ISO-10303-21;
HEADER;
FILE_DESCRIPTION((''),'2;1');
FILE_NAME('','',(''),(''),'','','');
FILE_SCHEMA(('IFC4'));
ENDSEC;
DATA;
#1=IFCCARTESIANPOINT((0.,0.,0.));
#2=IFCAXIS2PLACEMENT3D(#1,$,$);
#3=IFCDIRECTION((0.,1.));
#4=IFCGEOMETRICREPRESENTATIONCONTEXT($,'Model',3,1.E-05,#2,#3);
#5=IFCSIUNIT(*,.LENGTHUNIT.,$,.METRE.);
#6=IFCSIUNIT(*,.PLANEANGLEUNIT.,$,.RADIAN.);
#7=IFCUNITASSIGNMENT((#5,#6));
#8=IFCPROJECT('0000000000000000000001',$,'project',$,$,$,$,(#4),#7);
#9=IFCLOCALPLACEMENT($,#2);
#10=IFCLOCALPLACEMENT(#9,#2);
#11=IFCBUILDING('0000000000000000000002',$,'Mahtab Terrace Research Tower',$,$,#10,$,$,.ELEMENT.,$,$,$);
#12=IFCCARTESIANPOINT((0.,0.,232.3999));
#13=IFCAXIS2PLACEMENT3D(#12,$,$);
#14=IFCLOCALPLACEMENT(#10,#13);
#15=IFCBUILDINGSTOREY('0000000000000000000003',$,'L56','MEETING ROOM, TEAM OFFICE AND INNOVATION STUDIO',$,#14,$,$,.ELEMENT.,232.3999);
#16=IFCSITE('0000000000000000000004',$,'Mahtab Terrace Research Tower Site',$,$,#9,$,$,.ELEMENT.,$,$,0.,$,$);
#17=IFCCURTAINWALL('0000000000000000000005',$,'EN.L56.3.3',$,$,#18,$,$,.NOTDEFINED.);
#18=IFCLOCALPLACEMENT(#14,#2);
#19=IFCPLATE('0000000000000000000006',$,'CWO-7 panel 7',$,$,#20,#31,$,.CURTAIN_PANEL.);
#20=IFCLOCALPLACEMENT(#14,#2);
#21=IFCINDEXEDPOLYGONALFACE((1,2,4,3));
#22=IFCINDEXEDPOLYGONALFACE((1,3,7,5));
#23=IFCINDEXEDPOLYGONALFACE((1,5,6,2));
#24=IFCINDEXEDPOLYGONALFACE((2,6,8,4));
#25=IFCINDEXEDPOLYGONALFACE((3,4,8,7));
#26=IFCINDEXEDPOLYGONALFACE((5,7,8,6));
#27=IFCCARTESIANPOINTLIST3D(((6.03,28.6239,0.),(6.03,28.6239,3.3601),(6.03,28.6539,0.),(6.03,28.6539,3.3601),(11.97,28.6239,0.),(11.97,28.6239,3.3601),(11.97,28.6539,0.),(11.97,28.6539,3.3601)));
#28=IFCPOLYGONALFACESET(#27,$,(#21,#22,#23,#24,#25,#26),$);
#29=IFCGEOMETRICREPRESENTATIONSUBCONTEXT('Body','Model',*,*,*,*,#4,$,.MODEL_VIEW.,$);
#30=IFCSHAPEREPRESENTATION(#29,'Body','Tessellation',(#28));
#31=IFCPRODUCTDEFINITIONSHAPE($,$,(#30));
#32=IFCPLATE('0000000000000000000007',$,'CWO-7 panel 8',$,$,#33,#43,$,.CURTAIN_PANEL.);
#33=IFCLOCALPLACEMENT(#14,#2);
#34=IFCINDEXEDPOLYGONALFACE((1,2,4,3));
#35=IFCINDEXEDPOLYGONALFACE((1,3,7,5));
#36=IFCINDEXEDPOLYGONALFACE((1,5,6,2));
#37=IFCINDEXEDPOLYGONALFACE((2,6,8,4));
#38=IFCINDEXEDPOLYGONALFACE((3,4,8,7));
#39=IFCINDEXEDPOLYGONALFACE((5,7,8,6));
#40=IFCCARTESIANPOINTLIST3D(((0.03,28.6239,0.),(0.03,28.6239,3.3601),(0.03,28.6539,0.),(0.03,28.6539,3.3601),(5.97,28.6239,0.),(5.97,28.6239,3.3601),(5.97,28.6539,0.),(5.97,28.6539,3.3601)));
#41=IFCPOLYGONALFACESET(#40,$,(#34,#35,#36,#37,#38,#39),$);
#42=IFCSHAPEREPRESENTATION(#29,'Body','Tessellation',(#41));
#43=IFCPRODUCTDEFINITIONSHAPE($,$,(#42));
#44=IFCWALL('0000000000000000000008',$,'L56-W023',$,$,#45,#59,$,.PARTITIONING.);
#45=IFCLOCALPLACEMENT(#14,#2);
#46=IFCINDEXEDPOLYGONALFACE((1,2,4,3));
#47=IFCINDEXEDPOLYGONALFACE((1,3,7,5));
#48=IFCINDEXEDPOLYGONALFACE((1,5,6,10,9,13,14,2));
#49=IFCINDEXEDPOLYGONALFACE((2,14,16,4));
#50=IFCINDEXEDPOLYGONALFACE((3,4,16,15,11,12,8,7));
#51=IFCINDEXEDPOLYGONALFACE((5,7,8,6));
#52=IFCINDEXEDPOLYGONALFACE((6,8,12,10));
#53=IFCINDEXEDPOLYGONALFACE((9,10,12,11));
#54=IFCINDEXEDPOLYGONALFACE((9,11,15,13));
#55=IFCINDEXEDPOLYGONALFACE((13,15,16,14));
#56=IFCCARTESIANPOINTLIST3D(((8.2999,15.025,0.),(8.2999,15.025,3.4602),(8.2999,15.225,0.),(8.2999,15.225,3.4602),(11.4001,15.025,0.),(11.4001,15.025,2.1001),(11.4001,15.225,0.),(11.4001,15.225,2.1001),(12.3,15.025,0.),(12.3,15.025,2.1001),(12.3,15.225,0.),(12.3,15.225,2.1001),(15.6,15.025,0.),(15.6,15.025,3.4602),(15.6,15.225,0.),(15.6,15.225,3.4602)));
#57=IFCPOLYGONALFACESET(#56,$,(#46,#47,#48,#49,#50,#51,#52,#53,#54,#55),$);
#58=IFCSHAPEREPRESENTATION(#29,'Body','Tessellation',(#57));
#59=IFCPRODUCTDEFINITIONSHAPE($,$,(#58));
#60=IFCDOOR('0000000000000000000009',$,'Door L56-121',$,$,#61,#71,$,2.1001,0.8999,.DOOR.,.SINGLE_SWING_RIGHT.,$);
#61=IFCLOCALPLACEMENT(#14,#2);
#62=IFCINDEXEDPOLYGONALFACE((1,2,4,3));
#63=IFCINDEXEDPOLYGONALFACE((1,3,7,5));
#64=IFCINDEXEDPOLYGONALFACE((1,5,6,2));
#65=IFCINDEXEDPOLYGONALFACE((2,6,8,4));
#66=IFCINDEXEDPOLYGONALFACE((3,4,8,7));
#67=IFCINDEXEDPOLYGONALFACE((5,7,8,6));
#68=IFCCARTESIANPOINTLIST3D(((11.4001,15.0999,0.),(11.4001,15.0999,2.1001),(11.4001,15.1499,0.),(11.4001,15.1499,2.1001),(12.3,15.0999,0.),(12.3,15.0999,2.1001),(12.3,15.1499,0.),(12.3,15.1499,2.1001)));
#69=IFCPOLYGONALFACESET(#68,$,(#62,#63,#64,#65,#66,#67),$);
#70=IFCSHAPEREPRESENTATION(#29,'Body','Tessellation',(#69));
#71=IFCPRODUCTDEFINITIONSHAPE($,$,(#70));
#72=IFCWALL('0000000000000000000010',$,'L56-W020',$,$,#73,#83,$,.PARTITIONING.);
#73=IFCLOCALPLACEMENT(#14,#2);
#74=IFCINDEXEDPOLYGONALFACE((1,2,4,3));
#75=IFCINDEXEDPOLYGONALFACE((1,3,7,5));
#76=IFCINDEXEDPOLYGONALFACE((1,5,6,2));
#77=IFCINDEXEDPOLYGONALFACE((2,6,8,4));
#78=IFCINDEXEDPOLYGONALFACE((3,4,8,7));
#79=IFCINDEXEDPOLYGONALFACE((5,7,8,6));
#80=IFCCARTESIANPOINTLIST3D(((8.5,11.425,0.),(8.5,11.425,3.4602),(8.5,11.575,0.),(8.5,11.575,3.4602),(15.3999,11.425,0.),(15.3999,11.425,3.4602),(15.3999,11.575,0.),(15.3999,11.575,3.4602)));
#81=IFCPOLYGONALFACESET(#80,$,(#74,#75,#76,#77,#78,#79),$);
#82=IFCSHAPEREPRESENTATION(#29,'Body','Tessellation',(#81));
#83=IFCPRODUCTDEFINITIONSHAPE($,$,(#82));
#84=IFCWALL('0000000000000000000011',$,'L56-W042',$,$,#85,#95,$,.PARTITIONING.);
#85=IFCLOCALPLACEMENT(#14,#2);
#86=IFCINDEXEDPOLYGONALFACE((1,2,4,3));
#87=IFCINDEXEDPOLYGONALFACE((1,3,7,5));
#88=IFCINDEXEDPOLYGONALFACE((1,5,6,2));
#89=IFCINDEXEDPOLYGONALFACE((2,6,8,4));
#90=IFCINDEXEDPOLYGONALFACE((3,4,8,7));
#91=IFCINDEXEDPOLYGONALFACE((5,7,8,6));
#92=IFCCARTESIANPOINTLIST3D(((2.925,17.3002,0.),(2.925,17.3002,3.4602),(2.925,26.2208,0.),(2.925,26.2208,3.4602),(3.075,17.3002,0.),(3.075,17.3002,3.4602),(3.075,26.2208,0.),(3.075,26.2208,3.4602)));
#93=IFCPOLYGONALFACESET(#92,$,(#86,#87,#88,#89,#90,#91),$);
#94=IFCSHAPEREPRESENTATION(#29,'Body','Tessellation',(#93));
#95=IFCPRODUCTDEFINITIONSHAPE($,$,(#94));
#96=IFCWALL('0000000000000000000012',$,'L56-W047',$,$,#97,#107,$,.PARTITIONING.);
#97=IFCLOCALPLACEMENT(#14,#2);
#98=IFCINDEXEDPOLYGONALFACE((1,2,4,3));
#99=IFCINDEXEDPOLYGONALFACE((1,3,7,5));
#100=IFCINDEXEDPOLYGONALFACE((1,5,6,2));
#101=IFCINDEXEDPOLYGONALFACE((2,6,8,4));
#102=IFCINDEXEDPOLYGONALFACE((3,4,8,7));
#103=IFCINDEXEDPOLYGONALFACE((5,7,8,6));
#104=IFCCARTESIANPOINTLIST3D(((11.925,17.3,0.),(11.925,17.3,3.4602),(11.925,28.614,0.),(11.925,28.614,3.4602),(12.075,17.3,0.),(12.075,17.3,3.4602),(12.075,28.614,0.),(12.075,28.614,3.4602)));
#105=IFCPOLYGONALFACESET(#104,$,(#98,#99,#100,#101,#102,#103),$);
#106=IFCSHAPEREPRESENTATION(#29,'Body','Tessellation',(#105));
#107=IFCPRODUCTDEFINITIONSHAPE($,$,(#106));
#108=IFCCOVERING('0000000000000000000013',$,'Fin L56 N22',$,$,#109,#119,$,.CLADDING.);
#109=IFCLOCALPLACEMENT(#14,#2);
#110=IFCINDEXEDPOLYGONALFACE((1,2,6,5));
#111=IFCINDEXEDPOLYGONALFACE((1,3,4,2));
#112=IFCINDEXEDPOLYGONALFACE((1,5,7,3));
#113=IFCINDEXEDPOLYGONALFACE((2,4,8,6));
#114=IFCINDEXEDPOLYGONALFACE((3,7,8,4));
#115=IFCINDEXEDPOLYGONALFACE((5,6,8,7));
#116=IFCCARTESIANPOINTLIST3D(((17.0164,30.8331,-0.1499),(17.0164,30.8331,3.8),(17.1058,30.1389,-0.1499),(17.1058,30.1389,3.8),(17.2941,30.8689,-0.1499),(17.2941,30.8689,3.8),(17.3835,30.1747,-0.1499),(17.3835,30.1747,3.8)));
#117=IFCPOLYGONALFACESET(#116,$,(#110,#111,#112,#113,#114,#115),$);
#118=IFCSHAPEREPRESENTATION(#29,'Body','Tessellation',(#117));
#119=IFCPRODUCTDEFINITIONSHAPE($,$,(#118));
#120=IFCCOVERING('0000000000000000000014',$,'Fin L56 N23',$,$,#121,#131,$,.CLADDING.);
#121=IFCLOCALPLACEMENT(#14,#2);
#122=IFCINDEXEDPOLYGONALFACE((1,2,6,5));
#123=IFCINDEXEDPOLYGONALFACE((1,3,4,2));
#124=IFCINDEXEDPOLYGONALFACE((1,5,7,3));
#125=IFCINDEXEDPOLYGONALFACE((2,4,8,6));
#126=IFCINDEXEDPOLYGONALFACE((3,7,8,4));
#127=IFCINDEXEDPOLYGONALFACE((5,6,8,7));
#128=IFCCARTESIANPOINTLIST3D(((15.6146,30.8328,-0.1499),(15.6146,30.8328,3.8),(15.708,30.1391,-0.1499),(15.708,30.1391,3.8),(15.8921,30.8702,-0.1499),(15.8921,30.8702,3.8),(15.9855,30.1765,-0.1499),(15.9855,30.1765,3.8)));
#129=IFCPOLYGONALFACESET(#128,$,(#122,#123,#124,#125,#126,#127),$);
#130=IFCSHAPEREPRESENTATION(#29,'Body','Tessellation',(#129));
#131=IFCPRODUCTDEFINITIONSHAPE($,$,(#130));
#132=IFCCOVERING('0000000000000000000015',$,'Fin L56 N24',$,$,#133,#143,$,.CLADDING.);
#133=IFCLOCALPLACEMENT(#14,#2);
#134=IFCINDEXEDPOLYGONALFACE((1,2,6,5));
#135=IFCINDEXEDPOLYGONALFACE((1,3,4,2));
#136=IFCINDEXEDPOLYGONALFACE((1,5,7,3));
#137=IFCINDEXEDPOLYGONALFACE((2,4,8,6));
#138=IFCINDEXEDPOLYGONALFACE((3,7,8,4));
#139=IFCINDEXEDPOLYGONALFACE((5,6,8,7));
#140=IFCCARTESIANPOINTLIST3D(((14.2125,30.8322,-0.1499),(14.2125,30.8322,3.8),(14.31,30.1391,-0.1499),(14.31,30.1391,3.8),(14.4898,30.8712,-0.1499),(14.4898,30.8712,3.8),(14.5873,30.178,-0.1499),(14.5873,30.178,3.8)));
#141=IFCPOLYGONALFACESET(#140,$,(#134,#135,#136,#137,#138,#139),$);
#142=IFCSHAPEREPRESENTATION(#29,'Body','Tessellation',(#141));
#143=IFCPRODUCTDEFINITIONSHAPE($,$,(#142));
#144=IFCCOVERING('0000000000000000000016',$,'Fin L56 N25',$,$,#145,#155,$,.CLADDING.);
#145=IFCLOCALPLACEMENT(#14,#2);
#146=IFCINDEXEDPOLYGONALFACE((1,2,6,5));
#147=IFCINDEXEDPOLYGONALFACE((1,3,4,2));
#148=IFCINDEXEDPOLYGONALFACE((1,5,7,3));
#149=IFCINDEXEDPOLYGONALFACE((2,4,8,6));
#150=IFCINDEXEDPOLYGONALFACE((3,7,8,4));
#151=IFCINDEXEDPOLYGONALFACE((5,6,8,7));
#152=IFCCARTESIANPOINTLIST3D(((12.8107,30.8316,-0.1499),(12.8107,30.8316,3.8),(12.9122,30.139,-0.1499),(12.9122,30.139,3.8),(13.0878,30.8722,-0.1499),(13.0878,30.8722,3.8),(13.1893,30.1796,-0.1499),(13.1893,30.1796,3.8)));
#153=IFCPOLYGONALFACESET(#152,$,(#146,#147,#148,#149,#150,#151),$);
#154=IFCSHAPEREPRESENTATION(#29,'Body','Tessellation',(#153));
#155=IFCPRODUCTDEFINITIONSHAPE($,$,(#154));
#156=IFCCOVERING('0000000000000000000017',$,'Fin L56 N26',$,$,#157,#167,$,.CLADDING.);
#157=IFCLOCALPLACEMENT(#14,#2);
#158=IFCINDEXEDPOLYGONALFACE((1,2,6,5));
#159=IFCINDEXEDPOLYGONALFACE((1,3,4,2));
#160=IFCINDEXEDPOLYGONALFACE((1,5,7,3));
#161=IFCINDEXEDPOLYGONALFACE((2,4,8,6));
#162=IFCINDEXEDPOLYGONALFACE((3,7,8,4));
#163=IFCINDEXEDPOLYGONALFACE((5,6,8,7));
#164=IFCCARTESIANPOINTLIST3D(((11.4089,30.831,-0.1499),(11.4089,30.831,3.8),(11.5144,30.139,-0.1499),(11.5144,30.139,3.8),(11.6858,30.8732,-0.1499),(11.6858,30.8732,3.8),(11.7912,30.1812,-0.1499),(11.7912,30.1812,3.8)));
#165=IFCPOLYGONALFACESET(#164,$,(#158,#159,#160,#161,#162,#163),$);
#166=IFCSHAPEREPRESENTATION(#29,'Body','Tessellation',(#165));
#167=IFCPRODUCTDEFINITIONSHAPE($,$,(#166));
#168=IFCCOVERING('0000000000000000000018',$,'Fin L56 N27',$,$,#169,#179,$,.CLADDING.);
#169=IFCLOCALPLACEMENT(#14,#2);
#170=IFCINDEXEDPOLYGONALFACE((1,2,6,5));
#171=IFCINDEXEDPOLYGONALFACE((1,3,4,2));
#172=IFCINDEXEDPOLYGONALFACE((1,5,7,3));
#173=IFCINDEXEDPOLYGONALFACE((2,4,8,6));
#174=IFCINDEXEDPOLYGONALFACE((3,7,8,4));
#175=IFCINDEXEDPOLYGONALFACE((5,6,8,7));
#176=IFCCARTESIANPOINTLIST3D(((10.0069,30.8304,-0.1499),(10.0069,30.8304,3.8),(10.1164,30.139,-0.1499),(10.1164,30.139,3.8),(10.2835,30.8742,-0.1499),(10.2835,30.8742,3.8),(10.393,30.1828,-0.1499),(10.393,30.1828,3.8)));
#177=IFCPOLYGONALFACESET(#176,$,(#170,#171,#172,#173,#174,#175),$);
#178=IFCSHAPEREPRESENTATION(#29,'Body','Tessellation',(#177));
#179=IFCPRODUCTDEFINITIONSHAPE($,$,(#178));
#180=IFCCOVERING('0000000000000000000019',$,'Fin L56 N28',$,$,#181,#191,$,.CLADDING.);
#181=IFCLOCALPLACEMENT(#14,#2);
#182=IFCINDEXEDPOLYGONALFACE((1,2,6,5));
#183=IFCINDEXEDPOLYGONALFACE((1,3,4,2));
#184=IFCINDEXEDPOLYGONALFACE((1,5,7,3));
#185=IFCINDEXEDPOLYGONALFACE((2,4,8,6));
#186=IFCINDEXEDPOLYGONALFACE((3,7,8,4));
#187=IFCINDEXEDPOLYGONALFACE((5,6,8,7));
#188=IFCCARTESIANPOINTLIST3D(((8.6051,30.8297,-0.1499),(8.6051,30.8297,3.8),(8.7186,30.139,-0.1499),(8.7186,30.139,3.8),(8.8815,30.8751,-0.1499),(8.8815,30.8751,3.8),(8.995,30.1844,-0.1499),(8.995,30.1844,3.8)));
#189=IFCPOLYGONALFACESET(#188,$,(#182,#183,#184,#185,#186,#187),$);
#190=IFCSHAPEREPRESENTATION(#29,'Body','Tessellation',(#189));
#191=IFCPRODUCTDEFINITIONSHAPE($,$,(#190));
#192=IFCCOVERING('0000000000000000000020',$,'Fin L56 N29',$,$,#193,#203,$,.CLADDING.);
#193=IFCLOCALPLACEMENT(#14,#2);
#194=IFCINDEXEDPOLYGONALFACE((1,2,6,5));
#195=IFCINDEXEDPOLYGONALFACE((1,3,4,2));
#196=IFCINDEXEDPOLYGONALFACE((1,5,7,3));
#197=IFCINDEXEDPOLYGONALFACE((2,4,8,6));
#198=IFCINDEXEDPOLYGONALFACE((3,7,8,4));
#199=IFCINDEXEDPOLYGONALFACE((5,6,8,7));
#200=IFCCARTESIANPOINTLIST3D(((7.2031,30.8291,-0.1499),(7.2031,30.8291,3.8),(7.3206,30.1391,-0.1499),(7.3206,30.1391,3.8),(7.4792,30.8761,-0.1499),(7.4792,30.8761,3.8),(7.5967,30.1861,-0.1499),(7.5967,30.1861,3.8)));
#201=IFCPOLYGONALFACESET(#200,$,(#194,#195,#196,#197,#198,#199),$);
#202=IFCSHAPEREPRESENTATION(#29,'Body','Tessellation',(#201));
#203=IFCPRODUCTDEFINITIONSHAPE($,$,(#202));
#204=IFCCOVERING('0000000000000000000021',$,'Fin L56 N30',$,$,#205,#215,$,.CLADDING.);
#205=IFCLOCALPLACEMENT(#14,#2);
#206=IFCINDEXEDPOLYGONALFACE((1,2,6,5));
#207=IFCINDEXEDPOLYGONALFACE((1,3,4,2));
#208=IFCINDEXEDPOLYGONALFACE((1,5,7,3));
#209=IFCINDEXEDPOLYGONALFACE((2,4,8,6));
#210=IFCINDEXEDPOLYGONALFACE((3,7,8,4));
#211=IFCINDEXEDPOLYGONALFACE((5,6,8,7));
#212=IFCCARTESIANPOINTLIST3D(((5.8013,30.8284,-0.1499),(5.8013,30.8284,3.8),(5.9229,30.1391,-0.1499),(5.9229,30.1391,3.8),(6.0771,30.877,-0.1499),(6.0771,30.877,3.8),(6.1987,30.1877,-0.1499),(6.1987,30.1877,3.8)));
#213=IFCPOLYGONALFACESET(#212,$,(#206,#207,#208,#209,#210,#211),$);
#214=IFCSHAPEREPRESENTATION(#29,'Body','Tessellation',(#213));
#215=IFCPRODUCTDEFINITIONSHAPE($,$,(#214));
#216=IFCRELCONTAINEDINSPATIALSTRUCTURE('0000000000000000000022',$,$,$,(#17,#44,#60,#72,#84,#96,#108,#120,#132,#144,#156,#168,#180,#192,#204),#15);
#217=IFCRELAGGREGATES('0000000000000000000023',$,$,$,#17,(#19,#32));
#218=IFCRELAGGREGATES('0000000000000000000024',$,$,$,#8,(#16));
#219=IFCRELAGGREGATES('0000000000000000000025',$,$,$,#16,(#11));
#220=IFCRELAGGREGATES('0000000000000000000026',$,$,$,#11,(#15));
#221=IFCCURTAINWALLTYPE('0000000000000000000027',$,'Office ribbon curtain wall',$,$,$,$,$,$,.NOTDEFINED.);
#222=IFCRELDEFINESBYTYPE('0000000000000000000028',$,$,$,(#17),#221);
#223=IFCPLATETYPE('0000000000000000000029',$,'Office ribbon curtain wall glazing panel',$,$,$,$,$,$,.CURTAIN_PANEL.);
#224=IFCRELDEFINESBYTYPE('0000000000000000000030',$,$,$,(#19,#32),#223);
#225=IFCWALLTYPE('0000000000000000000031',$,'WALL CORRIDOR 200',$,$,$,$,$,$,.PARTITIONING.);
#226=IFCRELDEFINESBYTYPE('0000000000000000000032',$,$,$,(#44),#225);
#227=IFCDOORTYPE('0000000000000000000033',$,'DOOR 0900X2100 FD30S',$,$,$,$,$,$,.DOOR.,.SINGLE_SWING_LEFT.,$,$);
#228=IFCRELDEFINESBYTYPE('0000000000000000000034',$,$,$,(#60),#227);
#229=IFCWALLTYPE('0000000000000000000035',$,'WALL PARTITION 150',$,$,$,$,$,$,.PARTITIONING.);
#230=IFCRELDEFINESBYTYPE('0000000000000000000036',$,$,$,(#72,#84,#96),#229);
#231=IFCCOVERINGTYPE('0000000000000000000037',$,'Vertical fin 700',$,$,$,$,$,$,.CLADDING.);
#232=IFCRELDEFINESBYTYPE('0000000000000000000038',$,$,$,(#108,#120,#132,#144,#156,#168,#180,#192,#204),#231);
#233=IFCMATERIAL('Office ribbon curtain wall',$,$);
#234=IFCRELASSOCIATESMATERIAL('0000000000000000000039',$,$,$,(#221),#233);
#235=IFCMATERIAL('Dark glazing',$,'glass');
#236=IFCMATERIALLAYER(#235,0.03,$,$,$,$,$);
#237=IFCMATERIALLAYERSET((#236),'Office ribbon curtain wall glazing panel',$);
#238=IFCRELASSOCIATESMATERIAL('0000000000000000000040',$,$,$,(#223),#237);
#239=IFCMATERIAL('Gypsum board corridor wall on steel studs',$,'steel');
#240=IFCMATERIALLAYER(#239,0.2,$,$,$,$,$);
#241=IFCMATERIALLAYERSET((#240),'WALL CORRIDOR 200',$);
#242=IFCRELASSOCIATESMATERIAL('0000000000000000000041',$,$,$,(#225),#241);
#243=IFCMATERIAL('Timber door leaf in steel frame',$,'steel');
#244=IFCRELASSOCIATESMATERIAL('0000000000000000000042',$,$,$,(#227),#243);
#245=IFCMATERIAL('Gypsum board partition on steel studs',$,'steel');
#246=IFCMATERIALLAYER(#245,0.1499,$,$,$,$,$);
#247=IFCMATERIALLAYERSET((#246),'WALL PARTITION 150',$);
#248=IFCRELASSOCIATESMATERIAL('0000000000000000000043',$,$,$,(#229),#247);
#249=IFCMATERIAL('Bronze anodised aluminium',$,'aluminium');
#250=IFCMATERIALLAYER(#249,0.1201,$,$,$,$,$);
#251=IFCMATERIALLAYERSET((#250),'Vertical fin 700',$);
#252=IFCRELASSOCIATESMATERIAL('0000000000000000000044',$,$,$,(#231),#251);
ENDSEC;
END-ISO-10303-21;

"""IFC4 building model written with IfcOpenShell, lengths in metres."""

from ifc_helpers import new_model, si_unit, direction, frame, frame_2d, origin, origin_2d, place, context, subcontext, project, spatial, rectangle, extrude, material, layer, layer_set, type_object, element, fill, aggregate, save


model = new_model("IFC4")

# Units and contexts
model_context = context("Model", 3, precision=1e-05, world=origin(), true_north=direction((0.0, 1.0)))
body_context = subcontext(model_context, "Body", "Model", "MODEL_VIEW")
ifc_project = project(units=[si_unit("LENGTHUNIT", "METRE"), si_unit("PLANEANGLEUNIT", "RADIAN")], contexts=[model_context])

# Site, building, storey
site_placement = place(None, origin())
site = spatial("IfcSite", under=ifc_project, at=site_placement, Name="Mahtab Terrace Research Tower Site", CompositionType="ELEMENT", RefElevation=0.0)
building_placement = place(site_placement, origin())
building = spatial("IfcBuilding", under=site, at=building_placement, Name="Mahtab Terrace Research Tower", CompositionType="ELEMENT")
storey_placement = place(building_placement, frame((0.0, 0.0, 232.3999)))
storey = spatial("IfcBuildingStorey", under=building, at=storey_placement, Name="L56", Description="MEETING ROOM, TEAM OFFICE AND INNOVATION STUDIO", CompositionType="ELEMENT", Elevation=232.3999)

# Curtain wall
ifc_material_1 = material(Name="Office ribbon curtain wall")
curtain_wall_type = type_object("IfcCurtainWallType", Name="Office ribbon curtain wall", PredefinedType="NOTDEFINED", material=ifc_material_1)
curtain_wall_placement = place(storey_placement, origin())
curtain_wall = element("IfcCurtainWall", 1, at=curtain_wall_placement, inside=storey, type_object=curtain_wall_type, Name="EN.L56.3.3", PredefinedType="NOTDEFINED")

# Plates
ifc_material_2 = material(Name="Dark glazing", Category="glass")
ifc_layer_1 = layer(ifc_material_2, 0.03)
ifc_layer_set_1 = layer_set([ifc_layer_1], Name="Office ribbon curtain wall glazing panel")
plate_type = type_object("IfcPlateType", Name="Office ribbon curtain wall glazing panel", PredefinedType="CURTAIN_PANEL", material=ifc_layer_set_1)
plate_1_placement = place(storey_placement, frame((9.0, 28.6389, 0.0), z_axis=(0.0, 0.0, 1.0), x_axis=(-1.0, 0.0, 0.0)))
plate_1 = element("IfcPlate", 2, at=plate_1_placement, type_object=plate_type, Name="CWO-7 panel 7", PredefinedType="CURTAIN_PANEL", context=body_context, shape_type="SweptSolid", body=[
    extrude(rectangle(XDim=5.9399, YDim=0.03, at=origin_2d()), origin(), (0.0, 0.0, 1.0), 3.3601),
])
plate_2_placement = place(storey_placement, frame((3.0, 28.6389, 0.0), z_axis=(0.0, 0.0, 1.0), x_axis=(-1.0, 0.0, 0.0)))
plate_2 = element("IfcPlate", 3, at=plate_2_placement, type_object=plate_type, Name="CWO-7 panel 8", PredefinedType="CURTAIN_PANEL", context=body_context, shape_type="SweptSolid", body=[
    extrude(rectangle(XDim=5.9399, YDim=0.03, at=origin_2d()), origin(), (0.0, 0.0, 1.0), 3.3601),
])
aggregate(curtain_wall, [plate_1, plate_2])

# Wall, opening, door
ifc_material_3 = material(Name="Gypsum board corridor wall on steel studs", Category="steel")
ifc_layer_2 = layer(ifc_material_3, 0.2)
ifc_layer_set_2 = layer_set([ifc_layer_2], Name="WALL CORRIDOR 200")
wall_type_1 = type_object("IfcWallType", Name="WALL CORRIDOR 200", PredefinedType="PARTITIONING", material=ifc_layer_set_2)
wall_1_placement = place(storey_placement, frame((8.3, 15.125, 0.0), z_axis=(0.0, 0.0, 1.0), x_axis=(1.0, 0.0, 0.0)))
wall_1 = element("IfcWall", 4, at=wall_1_placement, inside=storey, type_object=wall_type_1, Name="L56-W023", PredefinedType="PARTITIONING", context=body_context, shape_type="SweptSolid", body=[
    extrude(rectangle(XDim=7.3, YDim=0.2, at=frame_2d((3.6499, 0.0))), origin(), (0.0, 0.0, 1.0), 3.4602),
])
opening_placement = place(wall_1_placement, frame((3.1001, 0.0, 0.0)))
opening = element("IfcOpeningElement", 5, at=opening_placement, cuts=wall_1, PredefinedType="OPENING", context=body_context, shape_type="SweptSolid", body=[
    extrude(rectangle(XDim=0.8999, YDim=2.1001, at=frame_2d((0.45, 1.05))), frame((0.0, 0.1099, 0.0), z_axis=(0.0, -1.0, 0.0), x_axis=(1.0, 0.0, 0.0)), (0.0, 0.0, 1.0), 0.22),
])
ifc_material_4 = material(Name="Timber door leaf in steel frame", Category="steel")
door_type = type_object("IfcDoorType", Name="DOOR 0900X2100 FD30S", OperationType="SINGLE_SWING_LEFT", PredefinedType="DOOR", material=ifc_material_4)
door_placement = place(opening_placement, origin())
door = element("IfcDoor", 6, at=door_placement, inside=storey, type_object=door_type, Name="Door L56-121", OperationType="SINGLE_SWING_RIGHT", OverallHeight=2.1001, OverallWidth=0.8999, PredefinedType="DOOR", context=body_context, shape_type="SweptSolid", body=[
    extrude(rectangle(XDim=0.8999, YDim=2.1001, at=frame_2d((0.45, 1.05))), frame((0.0, 0.0249, 0.0), z_axis=(0.0, -1.0, 0.0), x_axis=(1.0, 0.0, 0.0)), (0.0, 0.0, 1.0), 0.05),
])
fill(opening, door)

# Walls
ifc_material_5 = material(Name="Gypsum board partition on steel studs", Category="steel")
ifc_layer_3 = layer(ifc_material_5, 0.1499)
ifc_layer_set_3 = layer_set([ifc_layer_3], Name="WALL PARTITION 150")
wall_type_2 = type_object("IfcWallType", Name="WALL PARTITION 150", PredefinedType="PARTITIONING", material=ifc_layer_set_3)
wall_2_placement = place(storey_placement, frame((8.5, 11.5, 0.0), z_axis=(0.0, 0.0, 1.0), x_axis=(1.0, 0.0, 0.0)))
element("IfcWall", 7, at=wall_2_placement, inside=storey, type_object=wall_type_2, Name="L56-W020", PredefinedType="PARTITIONING", context=body_context, shape_type="SweptSolid", body=[
    extrude(rectangle(XDim=6.8999, YDim=0.1499, at=frame_2d((3.45, 0.0))), origin(), (0.0, 0.0, 1.0), 3.4602),
])
wall_3_placement = place(storey_placement, frame((3.0, 17.3, 0.0), z_axis=(0.0, 0.0, 1.0), x_axis=(0.0, 1.0, 0.0)))
element("IfcWall", 8, at=wall_3_placement, inside=storey, type_object=wall_type_2, Name="L56-W042", PredefinedType="PARTITIONING", context=body_context, shape_type="SweptSolid", body=[
    extrude(rectangle(XDim=8.9207, YDim=0.1499, at=frame_2d((4.4604, 0.0))), origin(), (0.0, 0.0, 1.0), 3.4602),
])
wall_4_placement = place(storey_placement, frame((12.0, 17.3, 0.0), z_axis=(0.0, 0.0, 1.0), x_axis=(0.0, 1.0, 0.0)))
element("IfcWall", 9, at=wall_4_placement, inside=storey, type_object=wall_type_2, Name="L56-W047", PredefinedType="PARTITIONING", context=body_context, shape_type="SweptSolid", body=[
    extrude(rectangle(XDim=11.314, YDim=0.1499, at=frame_2d((5.657, 0.0))), origin(), (0.0, 0.0, 1.0), 3.4602),
])

# Coverings
ifc_material_6 = material(Name="Bronze anodised aluminium", Category="aluminium")
ifc_layer_4 = layer(ifc_material_6, 0.1201)
ifc_layer_set_4 = layer_set([ifc_layer_4], Name="Vertical fin 700")
covering_type = type_object("IfcCoveringType", Name="Vertical fin 700", PredefinedType="CLADDING", material=ifc_layer_set_4)
for number, where, z_axis, x_axis, name in (
    (10, (17.2, 30.5039, -0.1499), (0.0, 0.0, 1.0), (-0.99182, -0.127642, 0.0), "Fin L56 N22"),
    (11, (15.8, 30.5046, -0.1499), (0.0, 0.0, 1.0), (-0.991061, -0.13341, 0.0), "Fin L56 N23"),
    (12, (14.3999, 30.5051, -0.1499), (0.0, 0.0, 1.0), (-0.990268, -0.139173, 0.0), "Fin L56 N24"),
    (13, (13.0, 30.5056, -0.1499), (0.0, 0.0, 1.0), (-0.989442, -0.144932, 0.0), "Fin L56 N25"),
    (14, (11.6001, 30.5061, -0.1499), (0.0, 0.0, 1.0), (-0.988582, -0.150686, 0.0), "Fin L56 N26"),
    (15, (10.2, 30.5066, -0.1499), (0.0, 0.0, 1.0), (-0.987688, -0.156434, 0.0), "Fin L56 N27"),
    (16, (8.8, 30.5071, -0.1499), (0.0, 0.0, 1.0), (-0.986762, -0.162178, 0.0), "Fin L56 N28"),
    (17, (7.3999, 30.5076, -0.1499), (0.0, 0.0, 1.0), (-0.985801, -0.167916, 0.0), "Fin L56 N29"),
    (18, (6.0, 30.5081, -0.1499), (0.0, 0.0, 1.0), (-0.984808, -0.173648, 0.0), "Fin L56 N30"),
):
    element("IfcCovering", number, at=place(storey_placement, frame(where, z_axis=z_axis, x_axis=x_axis)), inside=storey, type_object=covering_type, Name=name, PredefinedType="CLADDING", context=body_context, shape_type="SweptSolid", body=[
        extrude(rectangle(XDim=0.28, YDim=0.7, at=origin_2d()), origin(), (0.0, 0.0, 1.0), 3.95),
    ])

save(model, "model.ifc")
